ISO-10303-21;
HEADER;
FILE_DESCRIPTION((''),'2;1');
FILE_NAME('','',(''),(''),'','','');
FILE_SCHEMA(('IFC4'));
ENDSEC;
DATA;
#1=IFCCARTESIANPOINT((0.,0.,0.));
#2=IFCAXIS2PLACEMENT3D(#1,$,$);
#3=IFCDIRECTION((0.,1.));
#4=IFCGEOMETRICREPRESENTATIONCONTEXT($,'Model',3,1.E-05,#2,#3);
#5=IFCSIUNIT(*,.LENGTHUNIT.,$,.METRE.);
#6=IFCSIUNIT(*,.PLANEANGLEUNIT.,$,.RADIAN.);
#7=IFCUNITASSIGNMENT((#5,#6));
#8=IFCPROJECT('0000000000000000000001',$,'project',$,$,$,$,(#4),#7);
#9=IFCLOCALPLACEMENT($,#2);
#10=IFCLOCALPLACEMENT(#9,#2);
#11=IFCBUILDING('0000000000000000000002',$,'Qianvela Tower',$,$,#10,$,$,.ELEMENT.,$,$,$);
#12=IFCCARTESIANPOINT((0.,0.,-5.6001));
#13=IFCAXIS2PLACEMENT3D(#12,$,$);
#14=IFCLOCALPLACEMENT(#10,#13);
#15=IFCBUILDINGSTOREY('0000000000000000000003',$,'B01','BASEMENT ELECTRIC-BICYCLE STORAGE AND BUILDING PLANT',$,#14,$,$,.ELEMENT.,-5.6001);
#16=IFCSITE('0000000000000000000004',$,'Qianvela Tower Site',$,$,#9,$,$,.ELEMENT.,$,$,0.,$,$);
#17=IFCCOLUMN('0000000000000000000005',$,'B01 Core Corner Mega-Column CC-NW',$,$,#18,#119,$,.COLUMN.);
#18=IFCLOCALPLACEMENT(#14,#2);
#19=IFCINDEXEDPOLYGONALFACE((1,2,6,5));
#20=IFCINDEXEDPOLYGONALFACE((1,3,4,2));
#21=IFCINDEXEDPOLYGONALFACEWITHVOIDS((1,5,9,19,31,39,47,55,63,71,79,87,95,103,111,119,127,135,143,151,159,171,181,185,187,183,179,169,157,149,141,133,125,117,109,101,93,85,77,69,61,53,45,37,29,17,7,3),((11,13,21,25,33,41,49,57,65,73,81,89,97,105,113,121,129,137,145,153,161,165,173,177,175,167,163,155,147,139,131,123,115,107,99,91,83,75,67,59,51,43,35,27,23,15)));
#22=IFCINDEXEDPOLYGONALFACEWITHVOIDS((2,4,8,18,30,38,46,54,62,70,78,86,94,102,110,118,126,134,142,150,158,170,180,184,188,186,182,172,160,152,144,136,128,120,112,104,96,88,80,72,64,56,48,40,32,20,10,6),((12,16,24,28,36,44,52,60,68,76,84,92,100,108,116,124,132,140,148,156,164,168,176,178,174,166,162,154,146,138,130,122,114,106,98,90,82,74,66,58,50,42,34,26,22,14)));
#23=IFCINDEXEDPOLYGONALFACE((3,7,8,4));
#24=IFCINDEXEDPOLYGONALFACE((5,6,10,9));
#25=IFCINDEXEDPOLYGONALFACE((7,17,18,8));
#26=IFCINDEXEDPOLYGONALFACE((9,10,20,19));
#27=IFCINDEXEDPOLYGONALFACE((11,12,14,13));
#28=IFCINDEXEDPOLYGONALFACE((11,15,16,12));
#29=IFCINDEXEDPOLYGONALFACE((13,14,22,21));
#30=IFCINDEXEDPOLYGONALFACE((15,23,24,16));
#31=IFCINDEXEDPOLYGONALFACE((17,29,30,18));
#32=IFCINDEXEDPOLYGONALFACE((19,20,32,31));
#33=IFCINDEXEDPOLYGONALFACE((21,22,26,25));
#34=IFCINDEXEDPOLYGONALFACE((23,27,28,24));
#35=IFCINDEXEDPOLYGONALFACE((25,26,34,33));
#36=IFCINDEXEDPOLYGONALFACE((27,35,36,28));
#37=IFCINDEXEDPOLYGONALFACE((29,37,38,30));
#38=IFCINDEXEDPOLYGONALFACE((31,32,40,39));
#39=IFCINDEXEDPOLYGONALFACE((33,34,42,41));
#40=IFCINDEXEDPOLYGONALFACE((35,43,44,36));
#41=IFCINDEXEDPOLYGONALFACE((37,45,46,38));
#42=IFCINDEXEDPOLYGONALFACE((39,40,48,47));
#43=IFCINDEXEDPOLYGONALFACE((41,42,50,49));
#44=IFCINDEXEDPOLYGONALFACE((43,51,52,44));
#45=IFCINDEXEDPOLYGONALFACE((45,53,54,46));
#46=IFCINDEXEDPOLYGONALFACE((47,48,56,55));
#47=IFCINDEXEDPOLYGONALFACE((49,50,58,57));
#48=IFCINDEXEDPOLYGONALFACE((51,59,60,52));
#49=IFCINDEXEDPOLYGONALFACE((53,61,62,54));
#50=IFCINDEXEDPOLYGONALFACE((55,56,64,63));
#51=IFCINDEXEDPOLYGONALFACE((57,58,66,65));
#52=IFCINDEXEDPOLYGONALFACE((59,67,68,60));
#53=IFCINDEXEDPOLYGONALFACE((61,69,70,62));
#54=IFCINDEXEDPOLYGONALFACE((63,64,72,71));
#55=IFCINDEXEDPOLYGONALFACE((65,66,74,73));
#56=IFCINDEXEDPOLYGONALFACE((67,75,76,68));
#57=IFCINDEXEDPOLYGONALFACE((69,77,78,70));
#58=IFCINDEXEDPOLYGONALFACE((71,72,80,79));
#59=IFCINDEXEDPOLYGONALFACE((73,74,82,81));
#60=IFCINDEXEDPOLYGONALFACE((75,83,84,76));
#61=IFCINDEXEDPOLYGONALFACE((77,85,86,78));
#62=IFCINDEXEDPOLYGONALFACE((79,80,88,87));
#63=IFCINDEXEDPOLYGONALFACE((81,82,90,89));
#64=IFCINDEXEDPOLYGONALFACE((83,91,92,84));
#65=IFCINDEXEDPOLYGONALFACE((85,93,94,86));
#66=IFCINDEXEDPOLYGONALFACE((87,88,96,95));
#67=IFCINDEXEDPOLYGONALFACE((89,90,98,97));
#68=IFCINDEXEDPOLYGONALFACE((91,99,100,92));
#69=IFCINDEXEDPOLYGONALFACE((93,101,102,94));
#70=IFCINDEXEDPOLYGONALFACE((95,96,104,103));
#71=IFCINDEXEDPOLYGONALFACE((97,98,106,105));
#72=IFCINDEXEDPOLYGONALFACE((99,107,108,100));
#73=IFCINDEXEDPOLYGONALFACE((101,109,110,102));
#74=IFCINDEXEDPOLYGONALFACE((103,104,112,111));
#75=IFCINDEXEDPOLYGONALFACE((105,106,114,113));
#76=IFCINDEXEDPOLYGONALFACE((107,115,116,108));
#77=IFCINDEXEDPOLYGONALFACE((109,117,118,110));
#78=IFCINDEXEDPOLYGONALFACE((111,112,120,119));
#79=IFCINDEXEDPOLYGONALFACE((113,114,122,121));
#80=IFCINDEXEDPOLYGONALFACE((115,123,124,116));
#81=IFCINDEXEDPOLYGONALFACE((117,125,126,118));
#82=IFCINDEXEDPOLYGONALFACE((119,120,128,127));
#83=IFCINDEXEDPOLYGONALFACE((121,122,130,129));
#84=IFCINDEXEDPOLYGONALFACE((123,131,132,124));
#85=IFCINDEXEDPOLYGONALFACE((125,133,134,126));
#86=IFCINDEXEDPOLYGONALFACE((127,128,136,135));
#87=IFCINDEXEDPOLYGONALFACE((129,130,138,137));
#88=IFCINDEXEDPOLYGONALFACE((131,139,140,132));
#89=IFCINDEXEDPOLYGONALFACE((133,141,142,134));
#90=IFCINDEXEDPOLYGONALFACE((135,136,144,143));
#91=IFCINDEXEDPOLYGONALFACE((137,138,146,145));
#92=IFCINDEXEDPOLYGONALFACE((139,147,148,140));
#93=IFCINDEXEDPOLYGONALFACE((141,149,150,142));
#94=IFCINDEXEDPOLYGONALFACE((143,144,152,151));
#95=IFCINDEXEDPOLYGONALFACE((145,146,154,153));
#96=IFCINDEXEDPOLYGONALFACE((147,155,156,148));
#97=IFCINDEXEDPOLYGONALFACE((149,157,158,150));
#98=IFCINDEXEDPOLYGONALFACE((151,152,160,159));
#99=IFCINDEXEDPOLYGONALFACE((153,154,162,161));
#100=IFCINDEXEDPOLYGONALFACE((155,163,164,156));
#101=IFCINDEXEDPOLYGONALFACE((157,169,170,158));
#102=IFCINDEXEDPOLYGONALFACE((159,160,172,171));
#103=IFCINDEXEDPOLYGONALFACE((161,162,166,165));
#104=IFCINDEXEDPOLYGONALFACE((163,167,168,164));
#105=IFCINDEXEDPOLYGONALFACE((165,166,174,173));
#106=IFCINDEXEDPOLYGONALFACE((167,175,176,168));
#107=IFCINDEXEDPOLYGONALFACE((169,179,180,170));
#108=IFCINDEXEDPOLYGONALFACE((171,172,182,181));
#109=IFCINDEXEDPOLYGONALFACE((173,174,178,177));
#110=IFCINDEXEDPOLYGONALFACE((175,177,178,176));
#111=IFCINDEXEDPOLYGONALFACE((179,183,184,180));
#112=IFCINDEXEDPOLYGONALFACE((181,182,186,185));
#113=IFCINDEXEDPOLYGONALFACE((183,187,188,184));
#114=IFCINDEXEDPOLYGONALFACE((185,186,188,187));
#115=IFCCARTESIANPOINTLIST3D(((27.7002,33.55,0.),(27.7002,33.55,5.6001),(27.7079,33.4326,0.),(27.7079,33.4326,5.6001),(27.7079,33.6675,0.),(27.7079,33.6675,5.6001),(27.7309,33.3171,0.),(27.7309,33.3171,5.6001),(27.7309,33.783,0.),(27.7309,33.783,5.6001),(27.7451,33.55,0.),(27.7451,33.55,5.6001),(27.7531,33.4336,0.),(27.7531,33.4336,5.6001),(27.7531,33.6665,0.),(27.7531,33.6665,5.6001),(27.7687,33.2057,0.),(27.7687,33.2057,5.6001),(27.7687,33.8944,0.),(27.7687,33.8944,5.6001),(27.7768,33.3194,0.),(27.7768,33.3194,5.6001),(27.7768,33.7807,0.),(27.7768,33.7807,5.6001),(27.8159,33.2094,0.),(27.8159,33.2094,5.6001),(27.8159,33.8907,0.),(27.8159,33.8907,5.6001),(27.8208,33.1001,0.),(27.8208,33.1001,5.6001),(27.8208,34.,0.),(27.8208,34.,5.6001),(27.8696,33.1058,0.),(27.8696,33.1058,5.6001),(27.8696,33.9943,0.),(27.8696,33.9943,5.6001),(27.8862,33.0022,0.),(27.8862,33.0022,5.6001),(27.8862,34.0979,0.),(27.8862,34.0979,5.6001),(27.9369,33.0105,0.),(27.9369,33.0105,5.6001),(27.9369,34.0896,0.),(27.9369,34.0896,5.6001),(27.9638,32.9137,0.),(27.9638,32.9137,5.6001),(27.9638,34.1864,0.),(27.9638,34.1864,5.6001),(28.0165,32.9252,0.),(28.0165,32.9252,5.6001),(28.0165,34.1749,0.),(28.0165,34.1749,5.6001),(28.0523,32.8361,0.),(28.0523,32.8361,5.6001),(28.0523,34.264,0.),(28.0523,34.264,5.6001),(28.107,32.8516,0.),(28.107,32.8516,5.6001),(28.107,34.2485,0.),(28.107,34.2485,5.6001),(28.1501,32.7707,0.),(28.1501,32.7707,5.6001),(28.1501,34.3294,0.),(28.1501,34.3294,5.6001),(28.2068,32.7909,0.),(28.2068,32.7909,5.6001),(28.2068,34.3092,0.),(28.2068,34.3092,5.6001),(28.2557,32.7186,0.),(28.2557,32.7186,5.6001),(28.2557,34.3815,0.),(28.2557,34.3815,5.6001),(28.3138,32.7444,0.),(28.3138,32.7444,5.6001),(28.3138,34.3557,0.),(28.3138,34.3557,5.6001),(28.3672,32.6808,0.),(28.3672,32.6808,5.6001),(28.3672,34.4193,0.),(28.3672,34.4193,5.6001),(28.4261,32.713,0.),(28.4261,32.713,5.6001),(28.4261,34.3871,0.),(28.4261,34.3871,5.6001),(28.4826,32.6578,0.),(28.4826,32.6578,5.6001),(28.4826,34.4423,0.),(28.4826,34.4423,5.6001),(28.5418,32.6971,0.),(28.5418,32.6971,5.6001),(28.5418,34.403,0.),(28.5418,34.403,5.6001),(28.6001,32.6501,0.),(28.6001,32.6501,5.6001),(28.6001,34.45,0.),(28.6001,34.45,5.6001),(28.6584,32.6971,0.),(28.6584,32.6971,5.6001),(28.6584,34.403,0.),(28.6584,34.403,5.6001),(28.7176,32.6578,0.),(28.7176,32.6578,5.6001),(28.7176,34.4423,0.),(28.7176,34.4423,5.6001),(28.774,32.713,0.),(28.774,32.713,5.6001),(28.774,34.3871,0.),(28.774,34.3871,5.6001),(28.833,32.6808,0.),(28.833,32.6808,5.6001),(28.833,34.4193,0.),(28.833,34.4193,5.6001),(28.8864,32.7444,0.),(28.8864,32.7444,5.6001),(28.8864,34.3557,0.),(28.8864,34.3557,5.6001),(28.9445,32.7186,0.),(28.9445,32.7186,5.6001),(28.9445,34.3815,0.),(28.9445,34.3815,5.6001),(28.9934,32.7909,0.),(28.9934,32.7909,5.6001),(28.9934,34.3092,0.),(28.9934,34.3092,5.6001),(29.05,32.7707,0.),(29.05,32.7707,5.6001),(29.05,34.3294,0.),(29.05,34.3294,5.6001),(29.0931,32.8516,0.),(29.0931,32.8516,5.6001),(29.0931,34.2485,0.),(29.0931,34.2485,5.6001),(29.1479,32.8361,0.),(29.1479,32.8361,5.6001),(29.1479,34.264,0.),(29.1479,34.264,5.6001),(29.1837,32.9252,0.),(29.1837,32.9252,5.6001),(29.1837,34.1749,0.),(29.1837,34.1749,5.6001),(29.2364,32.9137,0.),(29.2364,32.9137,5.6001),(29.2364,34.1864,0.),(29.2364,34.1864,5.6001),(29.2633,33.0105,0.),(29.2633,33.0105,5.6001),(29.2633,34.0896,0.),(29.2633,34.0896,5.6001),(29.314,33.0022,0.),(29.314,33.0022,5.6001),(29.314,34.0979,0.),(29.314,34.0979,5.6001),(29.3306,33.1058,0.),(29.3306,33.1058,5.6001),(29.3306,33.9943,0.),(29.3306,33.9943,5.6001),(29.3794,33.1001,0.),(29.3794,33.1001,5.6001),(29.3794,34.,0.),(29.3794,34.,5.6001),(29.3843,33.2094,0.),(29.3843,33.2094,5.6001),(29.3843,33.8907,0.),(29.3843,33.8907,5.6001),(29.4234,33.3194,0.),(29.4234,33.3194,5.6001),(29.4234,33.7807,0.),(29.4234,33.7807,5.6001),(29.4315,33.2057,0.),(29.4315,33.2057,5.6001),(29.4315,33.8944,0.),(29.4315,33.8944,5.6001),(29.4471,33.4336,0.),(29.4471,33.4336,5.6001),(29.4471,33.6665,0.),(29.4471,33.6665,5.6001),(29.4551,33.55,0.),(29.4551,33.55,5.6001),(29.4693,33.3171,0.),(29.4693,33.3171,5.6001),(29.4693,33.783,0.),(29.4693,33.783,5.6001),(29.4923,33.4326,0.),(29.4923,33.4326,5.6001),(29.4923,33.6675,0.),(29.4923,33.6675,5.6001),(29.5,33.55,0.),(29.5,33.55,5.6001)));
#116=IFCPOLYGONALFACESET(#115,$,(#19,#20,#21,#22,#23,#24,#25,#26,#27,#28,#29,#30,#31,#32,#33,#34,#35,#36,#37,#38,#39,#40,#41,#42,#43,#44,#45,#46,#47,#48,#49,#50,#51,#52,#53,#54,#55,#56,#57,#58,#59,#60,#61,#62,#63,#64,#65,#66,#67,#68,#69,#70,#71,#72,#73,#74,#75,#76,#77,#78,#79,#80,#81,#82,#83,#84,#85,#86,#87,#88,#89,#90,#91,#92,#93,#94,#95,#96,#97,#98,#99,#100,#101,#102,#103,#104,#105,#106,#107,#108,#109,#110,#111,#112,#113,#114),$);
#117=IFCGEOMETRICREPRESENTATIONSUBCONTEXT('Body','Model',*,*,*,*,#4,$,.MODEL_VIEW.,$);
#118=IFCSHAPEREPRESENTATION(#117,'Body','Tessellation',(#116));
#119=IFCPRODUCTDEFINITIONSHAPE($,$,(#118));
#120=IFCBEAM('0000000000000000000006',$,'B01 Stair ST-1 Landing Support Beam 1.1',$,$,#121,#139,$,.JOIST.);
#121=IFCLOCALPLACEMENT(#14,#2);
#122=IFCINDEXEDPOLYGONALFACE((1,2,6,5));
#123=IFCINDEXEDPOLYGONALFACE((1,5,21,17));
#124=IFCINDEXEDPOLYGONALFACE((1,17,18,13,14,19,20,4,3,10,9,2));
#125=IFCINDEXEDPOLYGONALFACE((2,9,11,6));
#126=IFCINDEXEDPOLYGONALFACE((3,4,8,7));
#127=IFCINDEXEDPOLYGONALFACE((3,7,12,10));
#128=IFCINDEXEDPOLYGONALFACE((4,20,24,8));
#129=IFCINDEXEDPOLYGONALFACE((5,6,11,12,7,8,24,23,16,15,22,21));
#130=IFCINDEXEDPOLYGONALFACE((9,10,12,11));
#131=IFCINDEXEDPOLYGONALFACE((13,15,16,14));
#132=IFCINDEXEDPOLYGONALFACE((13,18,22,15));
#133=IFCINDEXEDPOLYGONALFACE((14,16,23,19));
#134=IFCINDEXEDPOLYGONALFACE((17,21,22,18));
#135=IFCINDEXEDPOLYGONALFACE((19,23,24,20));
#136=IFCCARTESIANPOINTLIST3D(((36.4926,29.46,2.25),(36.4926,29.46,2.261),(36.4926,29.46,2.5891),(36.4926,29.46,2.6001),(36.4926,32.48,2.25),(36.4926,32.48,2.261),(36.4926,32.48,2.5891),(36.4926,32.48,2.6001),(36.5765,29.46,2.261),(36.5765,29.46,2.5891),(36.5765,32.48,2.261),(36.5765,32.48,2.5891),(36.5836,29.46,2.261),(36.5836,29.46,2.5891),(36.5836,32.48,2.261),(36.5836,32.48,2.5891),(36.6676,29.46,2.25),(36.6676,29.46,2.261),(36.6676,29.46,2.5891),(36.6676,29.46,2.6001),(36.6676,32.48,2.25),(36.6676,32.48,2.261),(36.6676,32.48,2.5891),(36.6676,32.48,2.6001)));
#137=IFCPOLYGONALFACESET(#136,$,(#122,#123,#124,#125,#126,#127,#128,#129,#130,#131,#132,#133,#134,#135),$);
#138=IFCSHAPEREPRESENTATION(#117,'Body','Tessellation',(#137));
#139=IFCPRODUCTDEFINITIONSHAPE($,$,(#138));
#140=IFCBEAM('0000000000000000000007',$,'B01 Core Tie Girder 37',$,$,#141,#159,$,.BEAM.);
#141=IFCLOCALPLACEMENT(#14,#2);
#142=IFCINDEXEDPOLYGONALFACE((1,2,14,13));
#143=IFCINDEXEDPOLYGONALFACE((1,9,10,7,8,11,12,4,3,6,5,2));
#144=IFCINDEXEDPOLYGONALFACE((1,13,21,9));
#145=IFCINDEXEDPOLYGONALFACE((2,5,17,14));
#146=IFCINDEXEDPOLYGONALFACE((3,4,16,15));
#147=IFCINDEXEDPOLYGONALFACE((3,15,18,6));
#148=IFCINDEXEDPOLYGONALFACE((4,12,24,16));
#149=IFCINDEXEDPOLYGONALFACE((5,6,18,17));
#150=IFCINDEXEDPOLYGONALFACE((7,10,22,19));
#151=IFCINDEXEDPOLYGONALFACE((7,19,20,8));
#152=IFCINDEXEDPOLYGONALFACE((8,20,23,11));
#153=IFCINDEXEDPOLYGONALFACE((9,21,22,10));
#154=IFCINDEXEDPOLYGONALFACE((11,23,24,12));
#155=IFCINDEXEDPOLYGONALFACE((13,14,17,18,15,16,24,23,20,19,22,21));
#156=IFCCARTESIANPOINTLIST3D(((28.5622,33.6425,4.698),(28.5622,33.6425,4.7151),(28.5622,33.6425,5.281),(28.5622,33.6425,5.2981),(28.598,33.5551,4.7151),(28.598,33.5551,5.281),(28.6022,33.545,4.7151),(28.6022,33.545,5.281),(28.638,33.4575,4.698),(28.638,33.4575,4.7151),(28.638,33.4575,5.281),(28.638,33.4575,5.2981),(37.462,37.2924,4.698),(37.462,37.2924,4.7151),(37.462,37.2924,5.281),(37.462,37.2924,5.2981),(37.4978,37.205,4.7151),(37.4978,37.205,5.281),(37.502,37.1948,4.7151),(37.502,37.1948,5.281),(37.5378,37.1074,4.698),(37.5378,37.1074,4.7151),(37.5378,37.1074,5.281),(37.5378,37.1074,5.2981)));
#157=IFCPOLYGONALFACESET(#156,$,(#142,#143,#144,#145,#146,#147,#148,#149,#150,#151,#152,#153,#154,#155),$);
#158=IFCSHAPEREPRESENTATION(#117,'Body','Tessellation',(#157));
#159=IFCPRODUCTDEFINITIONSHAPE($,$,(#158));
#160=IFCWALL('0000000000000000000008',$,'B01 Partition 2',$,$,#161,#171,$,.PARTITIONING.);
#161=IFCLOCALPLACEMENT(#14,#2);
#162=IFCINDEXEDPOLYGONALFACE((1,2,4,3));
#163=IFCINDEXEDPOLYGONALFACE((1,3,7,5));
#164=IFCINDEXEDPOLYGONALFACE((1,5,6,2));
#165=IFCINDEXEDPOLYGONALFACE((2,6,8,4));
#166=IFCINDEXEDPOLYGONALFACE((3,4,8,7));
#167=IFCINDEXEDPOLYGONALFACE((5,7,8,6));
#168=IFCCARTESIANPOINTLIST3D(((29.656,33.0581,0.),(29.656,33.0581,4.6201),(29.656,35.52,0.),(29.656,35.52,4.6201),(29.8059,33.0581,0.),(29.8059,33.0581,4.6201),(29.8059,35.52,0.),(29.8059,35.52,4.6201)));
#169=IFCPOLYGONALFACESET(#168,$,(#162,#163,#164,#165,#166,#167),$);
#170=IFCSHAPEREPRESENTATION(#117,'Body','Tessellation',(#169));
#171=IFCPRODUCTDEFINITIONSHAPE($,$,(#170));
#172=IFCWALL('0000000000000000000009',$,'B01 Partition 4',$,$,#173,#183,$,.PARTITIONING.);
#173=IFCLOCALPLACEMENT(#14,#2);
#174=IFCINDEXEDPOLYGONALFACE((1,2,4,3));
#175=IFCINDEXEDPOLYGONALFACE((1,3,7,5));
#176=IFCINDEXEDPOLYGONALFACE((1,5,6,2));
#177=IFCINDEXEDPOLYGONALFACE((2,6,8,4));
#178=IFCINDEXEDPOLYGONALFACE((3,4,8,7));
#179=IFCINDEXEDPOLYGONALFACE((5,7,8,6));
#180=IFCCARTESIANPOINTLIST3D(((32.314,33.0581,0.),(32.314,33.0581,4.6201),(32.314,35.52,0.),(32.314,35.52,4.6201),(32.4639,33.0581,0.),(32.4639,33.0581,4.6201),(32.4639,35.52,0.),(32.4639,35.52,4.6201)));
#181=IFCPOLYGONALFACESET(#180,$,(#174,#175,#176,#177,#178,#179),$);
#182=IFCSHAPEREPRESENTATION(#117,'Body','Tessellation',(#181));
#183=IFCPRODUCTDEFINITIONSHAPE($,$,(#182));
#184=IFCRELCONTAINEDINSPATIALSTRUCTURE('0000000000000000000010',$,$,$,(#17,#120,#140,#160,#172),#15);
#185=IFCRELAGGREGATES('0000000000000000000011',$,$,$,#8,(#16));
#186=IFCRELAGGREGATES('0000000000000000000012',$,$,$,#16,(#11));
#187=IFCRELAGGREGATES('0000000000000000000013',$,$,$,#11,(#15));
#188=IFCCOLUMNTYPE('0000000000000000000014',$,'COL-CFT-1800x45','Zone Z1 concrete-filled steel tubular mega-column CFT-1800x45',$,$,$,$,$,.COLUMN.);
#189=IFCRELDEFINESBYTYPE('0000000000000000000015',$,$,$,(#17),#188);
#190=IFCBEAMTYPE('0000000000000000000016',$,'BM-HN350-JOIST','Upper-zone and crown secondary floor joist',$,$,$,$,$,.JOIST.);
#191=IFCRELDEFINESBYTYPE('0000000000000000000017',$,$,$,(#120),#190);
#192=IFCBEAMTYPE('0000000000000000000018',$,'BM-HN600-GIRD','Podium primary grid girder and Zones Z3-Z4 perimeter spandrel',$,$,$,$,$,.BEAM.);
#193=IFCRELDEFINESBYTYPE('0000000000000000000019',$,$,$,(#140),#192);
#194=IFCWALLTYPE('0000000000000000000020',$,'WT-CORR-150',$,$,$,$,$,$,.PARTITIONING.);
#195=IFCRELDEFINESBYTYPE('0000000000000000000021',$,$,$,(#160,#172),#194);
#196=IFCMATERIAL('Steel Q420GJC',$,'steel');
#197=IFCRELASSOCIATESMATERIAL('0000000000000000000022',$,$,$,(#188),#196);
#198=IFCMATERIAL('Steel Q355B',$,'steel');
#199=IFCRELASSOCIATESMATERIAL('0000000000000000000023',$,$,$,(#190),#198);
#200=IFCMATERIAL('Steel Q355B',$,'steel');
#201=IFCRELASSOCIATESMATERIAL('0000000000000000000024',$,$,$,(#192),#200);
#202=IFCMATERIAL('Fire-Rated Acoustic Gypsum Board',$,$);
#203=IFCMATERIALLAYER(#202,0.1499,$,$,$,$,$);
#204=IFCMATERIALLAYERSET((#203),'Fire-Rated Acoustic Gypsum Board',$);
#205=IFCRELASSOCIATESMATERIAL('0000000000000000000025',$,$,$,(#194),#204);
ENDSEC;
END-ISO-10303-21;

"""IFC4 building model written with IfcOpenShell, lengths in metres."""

from ifc_helpers import new_model, si_unit, direction, frame, frame_2d, origin, origin_2d, place, context, subcontext, project, spatial, rectangle, hollow_circle, i_section, extrude, material, layer, layer_set, material_profile, profile_set, type_object, element, save


model = new_model("IFC4")

# Units and contexts
model_context = context("Model", 3, precision=1e-05, world=origin(), true_north=direction((0.0, 1.0)))
body_context = subcontext(model_context, "Body", "Model", "MODEL_VIEW")
ifc_project = project(units=[si_unit("LENGTHUNIT", "METRE"), si_unit("PLANEANGLEUNIT", "RADIAN")], contexts=[model_context])

# Site, building, storey
site_placement = place(None, origin())
site = spatial("IfcSite", under=ifc_project, at=site_placement, Name="Qianvela Tower Site", CompositionType="ELEMENT", RefElevation=0.0)
building_placement = place(site_placement, origin())
building = spatial("IfcBuilding", under=site, at=building_placement, Name="Qianvela Tower", CompositionType="ELEMENT")
storey_placement = place(building_placement, frame((0.0, 0.0, -5.6001)))
storey = spatial("IfcBuildingStorey", under=building, at=storey_placement, Name="B01", Description="BASEMENT ELECTRIC-BICYCLE STORAGE AND BUILDING PLANT", CompositionType="ELEMENT", Elevation=-5.6001)

# Column
ifc_material_1 = material(Name="Steel Q420GJC", Category="steel")
ifc_material_profile_1 = material_profile(ifc_material_1, hollow_circle(Radius=0.8999, WallThickness=0.0449, at=origin_2d()), Name="CFT-1800x45")
ifc_profile_set_1 = profile_set([ifc_material_profile_1], Name="Steel Q420GJC")
column_type = type_object("IfcColumnType", Name="COL-CFT-1800x45", Description="Zone Z1 concrete-filled steel tubular mega-column CFT-1800x45", PredefinedType="COLUMN", material=ifc_profile_set_1)
column_placement = place(storey_placement, frame((28.6001, 33.55, 0.0), z_axis=(0.0, 0.0, 1.0), x_axis=(1.0, 0.0, 0.0)))
element("IfcColumn", 1, at=column_placement, inside=storey, type_object=column_type, Name="B01 Core Corner Mega-Column CC-NW", PredefinedType="COLUMN", context=body_context, shape_type="SweptSolid", body=[
    extrude(hollow_circle(Radius=0.8999, WallThickness=0.0449, at=origin_2d()), origin(), (0.0, 0.0, 1.0), 5.6001),
])

# Beams
ifc_material_2 = material(Name="Steel Q355B", Category="steel")
ifc_material_profile_2 = material_profile(ifc_material_2, i_section(OverallWidth=0.175, OverallDepth=0.3501, WebThickness=0.0071, FlangeThickness=0.011, at=origin_2d()), Name="HN350x175x7x11")
ifc_profile_set_2 = profile_set([ifc_material_profile_2], Name="Steel Q355B")
beam_type_1 = type_object("IfcBeamType", Name="BM-HN350-JOIST", Description="Upper-zone and crown secondary floor joist", PredefinedType="JOIST", material=ifc_profile_set_2)
beam_1_placement = place(storey_placement, frame((36.5801, 29.46, 2.425), z_axis=(0.0, 1.0, 0.0), x_axis=(-1.0, 0.0, 0.0)))
element("IfcBeam", 2, at=beam_1_placement, inside=storey, type_object=beam_type_1, Name="B01 Stair ST-1 Landing Support Beam 1.1", PredefinedType="JOIST", context=body_context, shape_type="SweptSolid", body=[
    extrude(i_section(OverallWidth=0.175, OverallDepth=0.3501, WebThickness=0.0071, FlangeThickness=0.011, at=origin_2d()), origin(), (0.0, 0.0, 1.0), 3.02),
])
ifc_material_3 = material(Name="Steel Q355B", Category="steel")
ifc_material_profile_3 = material_profile(ifc_material_3, i_section(OverallWidth=0.2, OverallDepth=0.6001, WebThickness=0.011, FlangeThickness=0.0171, at=origin_2d()), Name="HN600x200x11x17")
ifc_profile_set_3 = profile_set([ifc_material_profile_3], Name="Steel Q355B")
beam_type_2 = type_object("IfcBeamType", Name="BM-HN600-GIRD", Description="Podium primary grid girder and Zones Z3-Z4 perimeter spandrel", PredefinedType="BEAM", material=ifc_profile_set_3)
beam_2_placement = place(storey_placement, frame((28.6001, 33.55, 4.998), z_axis=(0.925218, 0.379437, 0.0), x_axis=(-0.379437, 0.925218, 0.0)))
element("IfcBeam", 3, at=beam_2_placement, inside=storey, type_object=beam_type_2, Name="B01 Core Tie Girder 37", PredefinedType="BEAM", context=body_context, shape_type="SweptSolid", body=[
    extrude(i_section(OverallWidth=0.2, OverallDepth=0.6001, WebThickness=0.011, FlangeThickness=0.0171, at=origin_2d()), origin(), (0.0, 0.0, 1.0), 9.6191),
])

# Wall
ifc_material_4 = material(Name="Fire-Rated Acoustic Gypsum Board")
ifc_layer_1 = layer(ifc_material_4, 0.1499)
ifc_layer_set_1 = layer_set([ifc_layer_1], Name="Fire-Rated Acoustic Gypsum Board")
wall_type_1 = type_object("IfcWallType", Name="WT-CORR-150", PredefinedType="PARTITIONING", material=ifc_layer_set_1)
wall_1_placement = place(storey_placement, frame((29.731, 33.0581, 0.0), z_axis=(0.0, 0.0, 1.0), x_axis=(0.0, 1.0, 0.0)))
element("IfcWall", 4, at=wall_1_placement, inside=storey, type_object=wall_type_1, Name="B01 Partition 2", PredefinedType="PARTITIONING", context=body_context, shape_type="SweptSolid", body=[
    extrude(rectangle(XDim=2.4619, YDim=0.1499, at=frame_2d((1.231, 0.0))), origin(), (0.0, 0.0, 1.0), 4.6201),
])

# Wall
wall_2_placement = place(storey_placement, frame((32.3889, 35.52, 0.0), z_axis=(0.0, 0.0, 1.0), x_axis=(0.0, -1.0, 0.0)))
element("IfcWall", 5, at=wall_2_placement, inside=storey, type_object=wall_type_1, Name="B01 Partition 4", PredefinedType="PARTITIONING", context=body_context, shape_type="SweptSolid", body=[
    extrude(rectangle(XDim=2.4619, YDim=0.1499, at=frame_2d((1.231, 0.0))), origin(), (0.0, 0.0, 1.0), 4.6201),
])

save(model, "model.ifc")
